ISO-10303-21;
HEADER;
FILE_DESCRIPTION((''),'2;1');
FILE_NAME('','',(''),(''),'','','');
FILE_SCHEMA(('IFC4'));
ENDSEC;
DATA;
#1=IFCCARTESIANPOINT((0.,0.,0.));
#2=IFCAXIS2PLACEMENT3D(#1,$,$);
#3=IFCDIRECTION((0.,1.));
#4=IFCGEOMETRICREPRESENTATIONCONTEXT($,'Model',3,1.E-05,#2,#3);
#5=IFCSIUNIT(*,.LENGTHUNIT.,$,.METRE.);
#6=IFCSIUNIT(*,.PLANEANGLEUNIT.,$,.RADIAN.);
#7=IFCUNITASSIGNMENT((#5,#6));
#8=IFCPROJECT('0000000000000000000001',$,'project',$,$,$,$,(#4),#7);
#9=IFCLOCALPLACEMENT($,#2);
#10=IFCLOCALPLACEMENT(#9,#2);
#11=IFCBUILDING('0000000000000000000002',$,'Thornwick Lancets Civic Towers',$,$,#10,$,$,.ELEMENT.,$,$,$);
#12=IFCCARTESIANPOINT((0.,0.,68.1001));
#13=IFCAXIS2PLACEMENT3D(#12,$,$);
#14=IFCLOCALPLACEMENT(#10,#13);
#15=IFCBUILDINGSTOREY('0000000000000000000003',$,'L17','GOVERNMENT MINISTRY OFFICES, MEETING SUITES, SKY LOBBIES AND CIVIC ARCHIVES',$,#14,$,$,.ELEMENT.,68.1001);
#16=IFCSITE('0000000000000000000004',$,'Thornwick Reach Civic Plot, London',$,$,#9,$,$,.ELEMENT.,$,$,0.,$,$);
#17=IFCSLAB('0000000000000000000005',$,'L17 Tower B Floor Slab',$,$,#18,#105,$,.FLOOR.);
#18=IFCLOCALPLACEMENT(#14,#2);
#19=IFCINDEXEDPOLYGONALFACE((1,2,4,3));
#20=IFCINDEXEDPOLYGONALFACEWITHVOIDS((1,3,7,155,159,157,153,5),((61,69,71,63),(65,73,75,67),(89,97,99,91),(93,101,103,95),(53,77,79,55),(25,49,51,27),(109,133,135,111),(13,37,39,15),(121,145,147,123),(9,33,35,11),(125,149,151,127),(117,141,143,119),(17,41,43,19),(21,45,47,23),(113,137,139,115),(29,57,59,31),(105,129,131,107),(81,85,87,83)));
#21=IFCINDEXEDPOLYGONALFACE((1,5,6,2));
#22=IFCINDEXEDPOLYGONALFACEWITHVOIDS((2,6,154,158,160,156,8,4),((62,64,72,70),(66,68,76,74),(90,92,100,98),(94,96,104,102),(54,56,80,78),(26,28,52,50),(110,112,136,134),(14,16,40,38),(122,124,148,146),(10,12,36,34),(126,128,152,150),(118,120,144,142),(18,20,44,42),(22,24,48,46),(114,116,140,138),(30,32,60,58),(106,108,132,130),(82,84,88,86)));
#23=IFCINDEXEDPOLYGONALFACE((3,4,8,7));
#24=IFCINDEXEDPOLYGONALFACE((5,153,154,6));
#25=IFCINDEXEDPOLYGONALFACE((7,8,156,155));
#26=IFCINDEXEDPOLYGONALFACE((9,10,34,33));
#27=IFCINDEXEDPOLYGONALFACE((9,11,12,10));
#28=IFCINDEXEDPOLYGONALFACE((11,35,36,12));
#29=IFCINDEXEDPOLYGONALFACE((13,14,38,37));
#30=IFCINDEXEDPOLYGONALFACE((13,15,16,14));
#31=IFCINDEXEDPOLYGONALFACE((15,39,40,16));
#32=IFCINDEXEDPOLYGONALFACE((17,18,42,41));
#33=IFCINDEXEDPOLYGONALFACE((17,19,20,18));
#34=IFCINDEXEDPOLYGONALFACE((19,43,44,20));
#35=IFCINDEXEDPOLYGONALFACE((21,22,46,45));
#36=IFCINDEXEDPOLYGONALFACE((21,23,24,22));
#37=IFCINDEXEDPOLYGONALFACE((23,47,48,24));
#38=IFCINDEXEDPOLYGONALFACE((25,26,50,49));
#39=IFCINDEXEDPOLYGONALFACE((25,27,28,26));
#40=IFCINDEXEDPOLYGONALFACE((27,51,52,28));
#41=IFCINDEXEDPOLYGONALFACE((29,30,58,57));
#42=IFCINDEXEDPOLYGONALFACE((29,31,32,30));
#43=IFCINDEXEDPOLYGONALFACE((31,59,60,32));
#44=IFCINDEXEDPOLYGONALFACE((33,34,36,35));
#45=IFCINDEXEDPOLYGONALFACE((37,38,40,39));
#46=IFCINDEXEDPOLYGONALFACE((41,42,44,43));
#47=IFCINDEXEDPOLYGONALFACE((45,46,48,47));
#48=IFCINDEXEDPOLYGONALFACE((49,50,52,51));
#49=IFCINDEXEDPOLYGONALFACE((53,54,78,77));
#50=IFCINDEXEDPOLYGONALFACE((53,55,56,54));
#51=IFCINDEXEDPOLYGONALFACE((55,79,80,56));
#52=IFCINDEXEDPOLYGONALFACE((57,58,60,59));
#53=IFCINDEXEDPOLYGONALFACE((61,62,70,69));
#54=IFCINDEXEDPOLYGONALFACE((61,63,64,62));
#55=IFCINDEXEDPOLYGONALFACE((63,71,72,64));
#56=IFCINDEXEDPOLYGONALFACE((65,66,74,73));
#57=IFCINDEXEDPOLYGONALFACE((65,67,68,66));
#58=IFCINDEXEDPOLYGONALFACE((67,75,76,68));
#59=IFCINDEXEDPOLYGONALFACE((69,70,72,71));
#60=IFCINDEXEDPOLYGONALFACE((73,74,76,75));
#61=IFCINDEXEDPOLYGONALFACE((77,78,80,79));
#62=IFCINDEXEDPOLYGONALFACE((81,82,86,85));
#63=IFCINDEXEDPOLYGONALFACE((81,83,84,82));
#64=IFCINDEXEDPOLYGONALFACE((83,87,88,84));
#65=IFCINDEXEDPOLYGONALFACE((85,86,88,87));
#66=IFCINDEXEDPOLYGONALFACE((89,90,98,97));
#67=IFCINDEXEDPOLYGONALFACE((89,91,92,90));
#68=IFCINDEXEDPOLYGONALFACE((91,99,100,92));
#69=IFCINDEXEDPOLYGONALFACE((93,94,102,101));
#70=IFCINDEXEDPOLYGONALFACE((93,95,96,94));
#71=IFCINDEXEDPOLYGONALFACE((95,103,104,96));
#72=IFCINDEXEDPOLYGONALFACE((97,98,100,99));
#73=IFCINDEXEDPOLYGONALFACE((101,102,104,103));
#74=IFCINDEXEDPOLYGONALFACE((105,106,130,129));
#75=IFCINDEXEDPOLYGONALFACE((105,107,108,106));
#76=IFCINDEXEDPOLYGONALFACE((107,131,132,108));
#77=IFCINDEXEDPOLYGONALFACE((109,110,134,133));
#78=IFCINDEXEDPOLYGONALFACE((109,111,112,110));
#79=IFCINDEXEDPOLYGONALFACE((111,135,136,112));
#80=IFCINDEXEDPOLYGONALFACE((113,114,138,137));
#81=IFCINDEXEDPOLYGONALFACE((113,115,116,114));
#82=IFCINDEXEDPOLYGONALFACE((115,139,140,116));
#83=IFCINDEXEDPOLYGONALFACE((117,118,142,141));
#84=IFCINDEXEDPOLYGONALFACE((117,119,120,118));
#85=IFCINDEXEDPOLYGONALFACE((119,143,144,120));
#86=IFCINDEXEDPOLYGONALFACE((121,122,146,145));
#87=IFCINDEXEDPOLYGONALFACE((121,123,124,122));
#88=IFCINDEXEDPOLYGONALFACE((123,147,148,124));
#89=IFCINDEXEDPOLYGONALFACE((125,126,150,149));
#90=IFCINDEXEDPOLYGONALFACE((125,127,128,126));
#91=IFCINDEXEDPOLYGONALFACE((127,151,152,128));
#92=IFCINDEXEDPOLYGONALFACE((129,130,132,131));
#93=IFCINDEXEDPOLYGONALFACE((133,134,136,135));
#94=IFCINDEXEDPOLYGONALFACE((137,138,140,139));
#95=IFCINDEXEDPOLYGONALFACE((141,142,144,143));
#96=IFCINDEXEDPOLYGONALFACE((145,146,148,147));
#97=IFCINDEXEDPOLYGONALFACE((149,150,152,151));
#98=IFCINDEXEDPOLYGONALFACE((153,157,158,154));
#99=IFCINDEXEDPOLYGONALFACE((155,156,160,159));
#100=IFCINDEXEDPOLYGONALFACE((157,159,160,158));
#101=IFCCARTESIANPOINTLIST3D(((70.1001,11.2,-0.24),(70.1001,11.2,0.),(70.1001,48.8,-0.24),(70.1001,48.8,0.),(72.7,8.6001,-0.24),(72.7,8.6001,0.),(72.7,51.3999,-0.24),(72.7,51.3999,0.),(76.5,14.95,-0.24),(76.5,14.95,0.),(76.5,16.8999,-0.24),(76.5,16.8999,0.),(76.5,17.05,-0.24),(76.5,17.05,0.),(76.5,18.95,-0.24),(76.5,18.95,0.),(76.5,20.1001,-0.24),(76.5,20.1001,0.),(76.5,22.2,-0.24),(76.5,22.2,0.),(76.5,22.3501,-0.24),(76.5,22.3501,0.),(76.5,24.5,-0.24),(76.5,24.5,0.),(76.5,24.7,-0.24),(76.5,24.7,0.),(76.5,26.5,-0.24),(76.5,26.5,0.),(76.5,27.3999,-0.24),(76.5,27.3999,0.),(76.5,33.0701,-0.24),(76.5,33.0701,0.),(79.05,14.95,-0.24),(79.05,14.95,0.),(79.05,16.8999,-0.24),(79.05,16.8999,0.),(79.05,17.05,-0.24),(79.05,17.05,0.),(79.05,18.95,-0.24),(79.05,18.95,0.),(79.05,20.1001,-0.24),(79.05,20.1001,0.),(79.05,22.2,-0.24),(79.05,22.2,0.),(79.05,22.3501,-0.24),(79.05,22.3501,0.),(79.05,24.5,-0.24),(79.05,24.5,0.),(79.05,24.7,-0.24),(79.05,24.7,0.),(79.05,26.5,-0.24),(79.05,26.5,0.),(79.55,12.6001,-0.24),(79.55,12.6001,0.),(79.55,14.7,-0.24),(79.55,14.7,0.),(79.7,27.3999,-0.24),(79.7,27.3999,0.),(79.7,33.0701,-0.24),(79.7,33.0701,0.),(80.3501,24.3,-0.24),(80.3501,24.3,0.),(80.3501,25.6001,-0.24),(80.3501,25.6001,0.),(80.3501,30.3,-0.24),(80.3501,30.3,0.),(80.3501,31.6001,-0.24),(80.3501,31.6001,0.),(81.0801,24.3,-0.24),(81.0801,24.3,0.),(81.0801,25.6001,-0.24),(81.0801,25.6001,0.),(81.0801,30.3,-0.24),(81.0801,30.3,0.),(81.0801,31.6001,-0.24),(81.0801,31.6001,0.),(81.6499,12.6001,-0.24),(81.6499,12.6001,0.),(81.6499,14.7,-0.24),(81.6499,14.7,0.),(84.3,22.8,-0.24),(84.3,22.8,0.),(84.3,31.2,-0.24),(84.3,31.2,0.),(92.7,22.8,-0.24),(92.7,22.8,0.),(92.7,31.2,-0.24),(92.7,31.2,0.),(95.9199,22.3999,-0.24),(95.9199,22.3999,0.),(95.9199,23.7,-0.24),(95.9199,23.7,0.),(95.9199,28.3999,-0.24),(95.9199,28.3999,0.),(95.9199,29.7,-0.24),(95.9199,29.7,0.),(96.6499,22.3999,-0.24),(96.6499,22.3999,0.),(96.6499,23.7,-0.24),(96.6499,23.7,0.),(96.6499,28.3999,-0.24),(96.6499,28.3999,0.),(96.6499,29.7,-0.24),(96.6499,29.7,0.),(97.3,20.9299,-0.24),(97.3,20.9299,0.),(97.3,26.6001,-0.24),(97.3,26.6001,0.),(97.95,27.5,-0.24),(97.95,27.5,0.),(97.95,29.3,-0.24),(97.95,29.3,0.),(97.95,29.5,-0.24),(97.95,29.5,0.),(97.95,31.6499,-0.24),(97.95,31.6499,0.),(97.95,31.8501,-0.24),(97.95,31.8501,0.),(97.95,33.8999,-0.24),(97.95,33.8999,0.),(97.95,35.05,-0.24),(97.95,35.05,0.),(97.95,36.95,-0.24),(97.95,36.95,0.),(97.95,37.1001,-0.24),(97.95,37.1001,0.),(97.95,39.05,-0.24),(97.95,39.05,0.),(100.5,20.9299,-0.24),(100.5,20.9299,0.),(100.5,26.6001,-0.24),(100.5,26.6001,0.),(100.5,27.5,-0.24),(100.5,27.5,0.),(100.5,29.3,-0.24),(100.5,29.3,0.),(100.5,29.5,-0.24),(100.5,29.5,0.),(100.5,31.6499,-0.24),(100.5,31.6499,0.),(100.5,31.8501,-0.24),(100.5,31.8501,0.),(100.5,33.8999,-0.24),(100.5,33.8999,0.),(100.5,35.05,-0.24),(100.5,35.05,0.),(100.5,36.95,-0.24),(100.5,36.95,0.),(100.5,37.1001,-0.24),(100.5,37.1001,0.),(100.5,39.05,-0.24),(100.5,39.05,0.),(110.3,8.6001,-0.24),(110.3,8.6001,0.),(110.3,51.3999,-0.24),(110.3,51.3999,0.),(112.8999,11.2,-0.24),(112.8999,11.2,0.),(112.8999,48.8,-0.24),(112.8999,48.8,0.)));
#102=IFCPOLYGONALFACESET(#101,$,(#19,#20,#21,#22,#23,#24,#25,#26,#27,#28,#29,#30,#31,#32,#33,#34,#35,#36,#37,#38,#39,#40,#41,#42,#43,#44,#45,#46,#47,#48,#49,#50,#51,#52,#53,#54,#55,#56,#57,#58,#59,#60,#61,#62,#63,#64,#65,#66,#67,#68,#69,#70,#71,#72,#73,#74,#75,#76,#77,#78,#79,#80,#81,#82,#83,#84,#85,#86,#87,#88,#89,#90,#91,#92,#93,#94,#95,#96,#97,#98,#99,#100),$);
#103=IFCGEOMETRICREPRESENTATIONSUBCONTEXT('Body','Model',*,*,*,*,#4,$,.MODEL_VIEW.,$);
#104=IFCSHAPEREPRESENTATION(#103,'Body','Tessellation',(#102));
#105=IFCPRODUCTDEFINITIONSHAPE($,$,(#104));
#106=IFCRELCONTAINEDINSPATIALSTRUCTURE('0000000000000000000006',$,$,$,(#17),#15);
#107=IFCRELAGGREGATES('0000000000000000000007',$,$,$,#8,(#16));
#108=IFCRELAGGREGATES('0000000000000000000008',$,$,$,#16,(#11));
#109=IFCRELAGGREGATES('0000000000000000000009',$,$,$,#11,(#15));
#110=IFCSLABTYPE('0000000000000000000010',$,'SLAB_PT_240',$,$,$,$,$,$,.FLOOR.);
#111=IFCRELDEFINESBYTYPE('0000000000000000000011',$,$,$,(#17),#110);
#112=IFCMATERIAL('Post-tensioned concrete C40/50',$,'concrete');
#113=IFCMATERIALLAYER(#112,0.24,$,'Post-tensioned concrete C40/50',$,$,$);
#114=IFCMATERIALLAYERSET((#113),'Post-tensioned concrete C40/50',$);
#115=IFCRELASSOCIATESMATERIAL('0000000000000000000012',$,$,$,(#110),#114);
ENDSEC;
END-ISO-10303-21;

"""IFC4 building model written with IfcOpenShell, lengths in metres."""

from ifc_helpers import new_model, si_unit, direction, frame, origin, place, context, subcontext, project, spatial, polyline, outline, extrude, material, layer, layer_set, type_object, element, save


model = new_model("IFC4")

# Units and contexts
model_context = context("Model", 3, precision=1e-05, world=origin(), true_north=direction((0.0, 1.0)))
body_context = subcontext(model_context, "Body", "Model", "MODEL_VIEW")
ifc_project = project(units=[si_unit("LENGTHUNIT", "METRE"), si_unit("PLANEANGLEUNIT", "RADIAN")], contexts=[model_context])

# Site, building, storey
site_placement = place(None, origin())
site = spatial("IfcSite", under=ifc_project, at=site_placement, Name="Thornwick Reach Civic Plot, London", CompositionType="ELEMENT", RefElevation=0.0)
building_placement = place(site_placement, origin())
building = spatial("IfcBuilding", under=site, at=building_placement, Name="Thornwick Lancets Civic Towers", CompositionType="ELEMENT")
storey_placement = place(building_placement, frame((0.0, 0.0, 68.1001)))
storey = spatial("IfcBuildingStorey", under=building, at=storey_placement, Name="L17", Description="GOVERNMENT MINISTRY OFFICES, MEETING SUITES, SKY LOBBIES AND CIVIC ARCHIVES", CompositionType="ELEMENT", Elevation=68.1001)

# Shared definitions
ifc_material_1 = material(Name="Post-tensioned concrete C40/50", Category="concrete")

# Slab
ifc_layer_1 = layer(ifc_material_1, 0.24, Name="Post-tensioned concrete C40/50")
ifc_layer_set_1 = layer_set([ifc_layer_1], Name="Post-tensioned concrete C40/50")
slab_type_1 = type_object("IfcSlabType", Name="SLAB_PT_240", PredefinedType="FLOOR", material=ifc_layer_set_1)
slab_1_placement = place(storey_placement, frame((0.0, 0.0, -0.24)))
element("IfcSlab", 1, at=slab_1_placement, inside=storey, type_object=slab_type_1, Name="L17 Tower B Floor Slab", PredefinedType="FLOOR", context=body_context, shape_type="SweptSolid", body=[
    extrude(outline(polyline([(72.7, 8.6001), (110.3, 8.6001), (112.8999, 11.2), (112.8999, 48.8), (110.3, 51.3999), (72.7, 51.3999), (70.1001, 48.8), (70.1001, 11.2), (72.7, 8.6001)]), holes=[polyline([(84.3, 22.8), (92.7, 22.8), (92.7, 31.2), (84.3, 31.2), (84.3, 22.8)]), polyline([(100.5, 20.9299), (100.5, 26.6001), (97.3, 26.6001), (97.3, 20.9299), (100.5, 20.9299)]), polyline([(76.5, 33.0701), (76.5, 27.3999), (79.7, 27.3999), (79.7, 33.0701), (76.5, 33.0701)]), polyline([(97.95, 27.5), (100.5, 27.5), (100.5, 29.3), (97.95, 29.3), (97.95, 27.5)]), polyline([(97.95, 29.5), (100.5, 29.5), (100.5, 31.6499), (97.95, 31.6499), (97.95, 29.5)]), polyline([(97.95, 31.8501), (100.5, 31.8501), (100.5, 33.8999), (97.95, 33.8999), (97.95, 31.8501)]), polyline([(97.95, 35.05), (100.5, 35.05), (100.5, 36.95), (97.95, 36.95), (97.95, 35.05)]), polyline([(97.95, 37.1001), (100.5, 37.1001), (100.5, 39.05), (97.95, 39.05), (97.95, 37.1001)]), polyline([(76.5, 24.7), (79.05, 24.7), (79.05, 26.5), (76.5, 26.5), (76.5, 24.7)]), polyline([(76.5, 22.3501), (79.05, 22.3501), (79.05, 24.5), (76.5, 24.5), (76.5, 22.3501)]), polyline([(76.5, 20.1001), (79.05, 20.1001), (79.05, 22.2), (76.5, 22.2), (76.5, 20.1001)]), polyline([(76.5, 17.05), (79.05, 17.05), (79.05, 18.95), (76.5, 18.95), (76.5, 17.05)]), polyline([(76.5, 14.95), (79.05, 14.95), (79.05, 16.8999), (76.5, 16.8999), (76.5, 14.95)]), polyline([(79.55, 12.6001), (81.6499, 12.6001), (81.6499, 14.7), (79.55, 14.7), (79.55, 12.6001)]), polyline([(95.9199, 28.3999), (96.6499, 28.3999), (96.6499, 29.7), (95.9199, 29.7), (95.9199, 28.3999)]), polyline([(95.9199, 22.3999), (96.6499, 22.3999), (96.6499, 23.7), (95.9199, 23.7), (95.9199, 22.3999)]), polyline([(80.3501, 24.3), (81.0801, 24.3), (81.0801, 25.6001), (80.3501, 25.6001), (80.3501, 24.3)]), polyline([(80.3501, 30.3), (81.0801, 30.3), (81.0801, 31.6001), (80.3501, 31.6001), (80.3501, 30.3)])]), origin(), (0.0, 0.0, 1.0), 0.24),
])

save(model, "model.ifc")
